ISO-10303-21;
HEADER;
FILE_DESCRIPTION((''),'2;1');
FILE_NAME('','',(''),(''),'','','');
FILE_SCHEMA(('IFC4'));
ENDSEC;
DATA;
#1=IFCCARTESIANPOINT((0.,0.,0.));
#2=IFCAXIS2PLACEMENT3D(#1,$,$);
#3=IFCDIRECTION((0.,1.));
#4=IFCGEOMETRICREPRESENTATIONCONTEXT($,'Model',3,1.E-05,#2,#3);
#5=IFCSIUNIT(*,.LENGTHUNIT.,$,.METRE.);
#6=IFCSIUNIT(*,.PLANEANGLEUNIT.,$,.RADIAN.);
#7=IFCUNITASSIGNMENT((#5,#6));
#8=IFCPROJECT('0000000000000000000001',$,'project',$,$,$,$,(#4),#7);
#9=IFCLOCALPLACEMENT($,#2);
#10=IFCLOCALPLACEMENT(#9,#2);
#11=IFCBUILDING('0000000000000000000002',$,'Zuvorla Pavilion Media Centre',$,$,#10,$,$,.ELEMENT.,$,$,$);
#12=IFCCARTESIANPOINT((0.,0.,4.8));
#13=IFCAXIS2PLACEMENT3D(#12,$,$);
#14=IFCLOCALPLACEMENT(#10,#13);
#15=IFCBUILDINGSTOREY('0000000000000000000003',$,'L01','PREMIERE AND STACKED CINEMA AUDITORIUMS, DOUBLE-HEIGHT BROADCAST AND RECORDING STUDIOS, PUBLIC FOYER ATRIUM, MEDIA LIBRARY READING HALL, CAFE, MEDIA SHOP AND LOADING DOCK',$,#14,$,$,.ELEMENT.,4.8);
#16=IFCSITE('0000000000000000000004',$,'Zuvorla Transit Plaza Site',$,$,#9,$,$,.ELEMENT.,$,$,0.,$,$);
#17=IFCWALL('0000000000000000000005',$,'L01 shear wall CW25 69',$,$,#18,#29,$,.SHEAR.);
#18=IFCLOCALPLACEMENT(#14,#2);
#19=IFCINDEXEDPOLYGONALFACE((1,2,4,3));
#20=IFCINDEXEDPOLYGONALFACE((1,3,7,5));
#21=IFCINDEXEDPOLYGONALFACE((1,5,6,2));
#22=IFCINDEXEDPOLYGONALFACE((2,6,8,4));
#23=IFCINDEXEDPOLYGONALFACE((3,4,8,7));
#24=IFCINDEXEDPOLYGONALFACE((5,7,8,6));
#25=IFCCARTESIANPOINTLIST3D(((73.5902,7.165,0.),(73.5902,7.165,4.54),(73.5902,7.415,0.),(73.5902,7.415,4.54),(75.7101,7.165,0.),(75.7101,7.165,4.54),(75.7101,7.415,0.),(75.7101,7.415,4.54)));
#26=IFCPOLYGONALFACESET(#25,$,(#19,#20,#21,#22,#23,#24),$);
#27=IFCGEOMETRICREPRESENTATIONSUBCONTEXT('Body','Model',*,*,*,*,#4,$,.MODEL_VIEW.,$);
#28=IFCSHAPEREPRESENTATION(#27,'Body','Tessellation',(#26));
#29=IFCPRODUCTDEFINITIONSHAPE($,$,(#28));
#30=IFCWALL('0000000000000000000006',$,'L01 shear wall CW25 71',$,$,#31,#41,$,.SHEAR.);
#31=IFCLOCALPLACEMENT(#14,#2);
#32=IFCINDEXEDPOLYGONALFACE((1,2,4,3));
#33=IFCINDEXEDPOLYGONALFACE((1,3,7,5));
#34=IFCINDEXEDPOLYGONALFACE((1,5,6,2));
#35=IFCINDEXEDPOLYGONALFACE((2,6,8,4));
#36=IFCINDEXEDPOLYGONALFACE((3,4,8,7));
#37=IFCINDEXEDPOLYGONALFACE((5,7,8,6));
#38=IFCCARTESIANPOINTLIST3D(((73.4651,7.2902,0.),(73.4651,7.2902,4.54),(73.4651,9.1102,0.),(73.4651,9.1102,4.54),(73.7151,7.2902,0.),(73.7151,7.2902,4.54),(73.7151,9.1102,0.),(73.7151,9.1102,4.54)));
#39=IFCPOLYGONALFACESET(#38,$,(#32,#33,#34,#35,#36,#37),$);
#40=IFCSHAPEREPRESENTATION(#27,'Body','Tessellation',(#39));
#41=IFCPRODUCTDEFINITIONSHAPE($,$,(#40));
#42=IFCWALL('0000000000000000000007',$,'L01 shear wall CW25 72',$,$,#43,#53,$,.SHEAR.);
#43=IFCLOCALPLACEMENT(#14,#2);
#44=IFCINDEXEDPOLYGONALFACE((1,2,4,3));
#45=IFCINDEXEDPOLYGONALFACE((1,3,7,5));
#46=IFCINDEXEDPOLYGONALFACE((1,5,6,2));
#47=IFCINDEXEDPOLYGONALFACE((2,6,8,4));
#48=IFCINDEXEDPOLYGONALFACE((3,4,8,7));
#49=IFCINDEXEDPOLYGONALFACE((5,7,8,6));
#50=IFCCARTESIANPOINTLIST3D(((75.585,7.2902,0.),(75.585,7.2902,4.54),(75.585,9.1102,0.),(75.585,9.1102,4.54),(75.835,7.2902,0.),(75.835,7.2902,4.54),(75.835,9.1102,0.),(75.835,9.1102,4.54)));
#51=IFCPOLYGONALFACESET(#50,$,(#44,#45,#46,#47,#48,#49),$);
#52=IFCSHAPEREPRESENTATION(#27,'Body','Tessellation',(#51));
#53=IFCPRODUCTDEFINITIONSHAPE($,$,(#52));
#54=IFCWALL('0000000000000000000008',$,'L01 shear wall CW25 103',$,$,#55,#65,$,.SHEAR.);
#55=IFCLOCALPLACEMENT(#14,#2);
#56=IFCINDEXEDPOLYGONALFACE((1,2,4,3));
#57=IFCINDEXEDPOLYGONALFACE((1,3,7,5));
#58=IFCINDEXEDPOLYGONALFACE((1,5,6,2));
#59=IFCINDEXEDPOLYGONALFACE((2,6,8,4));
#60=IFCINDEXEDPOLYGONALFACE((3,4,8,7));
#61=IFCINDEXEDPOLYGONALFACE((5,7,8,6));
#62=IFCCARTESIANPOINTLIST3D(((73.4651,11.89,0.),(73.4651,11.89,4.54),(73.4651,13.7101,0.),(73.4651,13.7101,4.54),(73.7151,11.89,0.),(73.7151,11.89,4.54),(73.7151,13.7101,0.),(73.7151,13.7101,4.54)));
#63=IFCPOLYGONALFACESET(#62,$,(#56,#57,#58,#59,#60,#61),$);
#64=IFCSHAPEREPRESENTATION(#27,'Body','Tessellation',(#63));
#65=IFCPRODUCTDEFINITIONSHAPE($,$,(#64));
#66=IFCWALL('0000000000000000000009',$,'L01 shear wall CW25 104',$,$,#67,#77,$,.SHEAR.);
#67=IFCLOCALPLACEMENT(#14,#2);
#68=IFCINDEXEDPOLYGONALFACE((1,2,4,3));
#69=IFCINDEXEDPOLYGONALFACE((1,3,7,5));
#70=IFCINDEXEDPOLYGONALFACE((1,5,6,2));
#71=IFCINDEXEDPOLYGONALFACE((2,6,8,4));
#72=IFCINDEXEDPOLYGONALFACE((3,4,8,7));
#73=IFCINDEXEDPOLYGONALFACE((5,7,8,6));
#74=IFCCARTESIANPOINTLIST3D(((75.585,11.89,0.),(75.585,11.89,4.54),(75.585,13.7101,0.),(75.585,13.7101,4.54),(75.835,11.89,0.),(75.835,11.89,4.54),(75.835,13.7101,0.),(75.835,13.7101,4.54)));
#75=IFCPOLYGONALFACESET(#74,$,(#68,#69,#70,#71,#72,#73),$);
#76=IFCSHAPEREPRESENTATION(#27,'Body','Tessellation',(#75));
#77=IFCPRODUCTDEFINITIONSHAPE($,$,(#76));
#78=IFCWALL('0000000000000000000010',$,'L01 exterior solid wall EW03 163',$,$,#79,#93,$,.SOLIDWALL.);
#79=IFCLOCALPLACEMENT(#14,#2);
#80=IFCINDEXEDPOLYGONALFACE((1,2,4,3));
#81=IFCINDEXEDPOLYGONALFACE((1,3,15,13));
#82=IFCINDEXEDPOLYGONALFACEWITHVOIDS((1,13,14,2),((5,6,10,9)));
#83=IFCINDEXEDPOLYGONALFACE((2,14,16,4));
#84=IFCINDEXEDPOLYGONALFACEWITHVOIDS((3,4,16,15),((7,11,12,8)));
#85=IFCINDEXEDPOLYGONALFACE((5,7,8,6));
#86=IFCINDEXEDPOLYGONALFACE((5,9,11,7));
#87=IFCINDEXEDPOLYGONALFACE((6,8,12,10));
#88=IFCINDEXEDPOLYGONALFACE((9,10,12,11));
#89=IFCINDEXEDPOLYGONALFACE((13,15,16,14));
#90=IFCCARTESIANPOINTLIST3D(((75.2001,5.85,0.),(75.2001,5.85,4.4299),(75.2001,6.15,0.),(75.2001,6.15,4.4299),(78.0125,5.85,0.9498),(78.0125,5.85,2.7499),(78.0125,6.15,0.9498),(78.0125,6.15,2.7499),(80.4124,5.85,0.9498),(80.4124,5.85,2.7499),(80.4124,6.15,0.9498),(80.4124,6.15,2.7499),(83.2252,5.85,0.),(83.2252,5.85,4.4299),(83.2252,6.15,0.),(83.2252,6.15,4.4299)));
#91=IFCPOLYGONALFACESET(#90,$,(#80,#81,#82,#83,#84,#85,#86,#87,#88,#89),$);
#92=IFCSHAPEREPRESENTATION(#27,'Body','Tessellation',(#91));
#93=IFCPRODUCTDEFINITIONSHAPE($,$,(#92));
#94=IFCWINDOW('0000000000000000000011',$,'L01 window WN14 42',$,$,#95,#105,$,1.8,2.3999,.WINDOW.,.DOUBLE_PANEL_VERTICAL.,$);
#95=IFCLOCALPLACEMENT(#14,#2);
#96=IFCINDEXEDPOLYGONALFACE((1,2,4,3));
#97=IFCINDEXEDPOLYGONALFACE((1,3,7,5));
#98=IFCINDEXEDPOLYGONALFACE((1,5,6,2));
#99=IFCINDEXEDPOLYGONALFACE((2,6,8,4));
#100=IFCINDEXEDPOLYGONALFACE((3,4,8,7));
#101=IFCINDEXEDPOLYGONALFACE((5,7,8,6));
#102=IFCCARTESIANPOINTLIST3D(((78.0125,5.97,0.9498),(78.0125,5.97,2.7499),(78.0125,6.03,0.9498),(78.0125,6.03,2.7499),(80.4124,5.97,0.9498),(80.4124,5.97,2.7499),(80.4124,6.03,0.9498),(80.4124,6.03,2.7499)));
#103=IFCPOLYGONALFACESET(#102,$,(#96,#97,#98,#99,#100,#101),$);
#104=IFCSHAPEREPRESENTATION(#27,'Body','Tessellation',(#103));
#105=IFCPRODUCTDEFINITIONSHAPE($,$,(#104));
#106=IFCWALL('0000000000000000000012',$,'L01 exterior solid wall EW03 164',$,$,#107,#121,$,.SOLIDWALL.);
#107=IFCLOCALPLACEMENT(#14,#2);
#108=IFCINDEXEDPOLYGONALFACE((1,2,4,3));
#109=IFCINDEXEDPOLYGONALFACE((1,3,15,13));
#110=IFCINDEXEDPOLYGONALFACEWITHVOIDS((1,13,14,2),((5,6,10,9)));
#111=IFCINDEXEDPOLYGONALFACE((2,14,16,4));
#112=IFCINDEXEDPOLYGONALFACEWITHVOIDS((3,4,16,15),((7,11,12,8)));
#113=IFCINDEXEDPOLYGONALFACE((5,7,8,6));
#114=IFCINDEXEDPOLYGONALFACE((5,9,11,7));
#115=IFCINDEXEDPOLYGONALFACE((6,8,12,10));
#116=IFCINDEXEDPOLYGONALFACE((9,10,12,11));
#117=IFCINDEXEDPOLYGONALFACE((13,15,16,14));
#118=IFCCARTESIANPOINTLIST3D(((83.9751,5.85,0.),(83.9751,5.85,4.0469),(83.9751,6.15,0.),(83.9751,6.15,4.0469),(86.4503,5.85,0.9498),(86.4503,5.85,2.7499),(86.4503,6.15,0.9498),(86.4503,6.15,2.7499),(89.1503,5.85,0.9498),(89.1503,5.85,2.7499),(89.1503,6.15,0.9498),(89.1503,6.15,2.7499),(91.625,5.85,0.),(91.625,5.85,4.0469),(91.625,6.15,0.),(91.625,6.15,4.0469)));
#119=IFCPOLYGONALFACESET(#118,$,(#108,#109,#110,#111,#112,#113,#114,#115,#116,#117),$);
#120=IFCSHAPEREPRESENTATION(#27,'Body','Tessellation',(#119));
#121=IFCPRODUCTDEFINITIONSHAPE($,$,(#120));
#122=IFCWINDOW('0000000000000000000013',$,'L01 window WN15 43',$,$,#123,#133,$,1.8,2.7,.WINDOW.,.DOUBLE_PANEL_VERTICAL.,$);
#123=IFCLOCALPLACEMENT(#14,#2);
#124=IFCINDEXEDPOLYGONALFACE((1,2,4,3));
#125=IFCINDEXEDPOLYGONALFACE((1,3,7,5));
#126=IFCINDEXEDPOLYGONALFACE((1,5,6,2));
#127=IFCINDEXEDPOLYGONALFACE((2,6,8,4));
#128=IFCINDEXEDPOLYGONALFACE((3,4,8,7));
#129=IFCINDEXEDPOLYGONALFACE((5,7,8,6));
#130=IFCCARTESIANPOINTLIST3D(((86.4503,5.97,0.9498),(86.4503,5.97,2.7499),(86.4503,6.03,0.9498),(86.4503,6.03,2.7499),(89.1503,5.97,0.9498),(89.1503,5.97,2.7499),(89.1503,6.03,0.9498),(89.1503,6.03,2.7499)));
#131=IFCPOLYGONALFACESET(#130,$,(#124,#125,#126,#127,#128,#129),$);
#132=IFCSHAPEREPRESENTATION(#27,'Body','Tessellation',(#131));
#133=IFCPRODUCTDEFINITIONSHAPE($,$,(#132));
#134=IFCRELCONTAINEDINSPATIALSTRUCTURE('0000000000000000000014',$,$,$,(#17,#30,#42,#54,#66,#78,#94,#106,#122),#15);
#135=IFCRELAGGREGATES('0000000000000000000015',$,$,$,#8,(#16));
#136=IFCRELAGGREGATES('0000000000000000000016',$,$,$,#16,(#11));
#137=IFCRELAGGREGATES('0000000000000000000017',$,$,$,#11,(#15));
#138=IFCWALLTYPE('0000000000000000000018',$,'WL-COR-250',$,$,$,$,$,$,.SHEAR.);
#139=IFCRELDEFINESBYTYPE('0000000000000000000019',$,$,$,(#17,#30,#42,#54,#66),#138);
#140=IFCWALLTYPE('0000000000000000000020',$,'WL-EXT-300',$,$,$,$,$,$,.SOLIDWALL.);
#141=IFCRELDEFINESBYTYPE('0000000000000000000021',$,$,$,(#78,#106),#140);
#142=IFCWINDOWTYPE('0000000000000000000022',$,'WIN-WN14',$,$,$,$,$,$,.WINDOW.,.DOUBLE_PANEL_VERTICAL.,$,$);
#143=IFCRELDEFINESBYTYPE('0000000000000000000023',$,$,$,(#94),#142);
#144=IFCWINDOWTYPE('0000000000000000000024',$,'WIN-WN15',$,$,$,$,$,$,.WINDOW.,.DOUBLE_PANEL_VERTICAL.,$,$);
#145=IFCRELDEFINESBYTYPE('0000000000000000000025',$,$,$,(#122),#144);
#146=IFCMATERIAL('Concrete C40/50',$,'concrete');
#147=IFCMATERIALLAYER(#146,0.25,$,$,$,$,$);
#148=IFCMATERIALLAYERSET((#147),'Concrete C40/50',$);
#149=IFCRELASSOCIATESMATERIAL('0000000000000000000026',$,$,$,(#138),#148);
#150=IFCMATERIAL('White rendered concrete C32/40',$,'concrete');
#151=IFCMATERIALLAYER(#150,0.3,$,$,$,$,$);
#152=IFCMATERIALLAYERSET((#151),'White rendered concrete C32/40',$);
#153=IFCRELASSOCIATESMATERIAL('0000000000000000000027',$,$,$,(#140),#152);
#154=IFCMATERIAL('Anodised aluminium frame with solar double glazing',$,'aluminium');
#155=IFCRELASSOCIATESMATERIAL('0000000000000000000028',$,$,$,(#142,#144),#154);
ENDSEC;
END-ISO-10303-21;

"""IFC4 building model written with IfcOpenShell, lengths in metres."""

from ifc_helpers import new_model, si_unit, direction, frame, frame_2d, origin, place, context, subcontext, project, spatial, rectangle, extrude, material, layer, layer_set, type_object, element, fill, save


model = new_model("IFC4")

# Units and contexts
model_context = context("Model", 3, precision=1e-05, world=origin(), true_north=direction((0.0, 1.0)))
body_context = subcontext(model_context, "Body", "Model", "MODEL_VIEW")
ifc_project = project(units=[si_unit("LENGTHUNIT", "METRE"), si_unit("PLANEANGLEUNIT", "RADIAN")], contexts=[model_context])

# Site, building, storey
site_placement = place(None, origin())
site = spatial("IfcSite", under=ifc_project, at=site_placement, Name="Zuvorla Transit Plaza Site", CompositionType="ELEMENT", RefElevation=0.0)
building_placement = place(site_placement, origin())
building = spatial("IfcBuilding", under=site, at=building_placement, Name="Zuvorla Pavilion Media Centre", CompositionType="ELEMENT")
storey_placement = place(building_placement, frame((0.0, 0.0, 4.8)))
storey = spatial("IfcBuildingStorey", under=building, at=storey_placement, Name="L01", Description="PREMIERE AND STACKED CINEMA AUDITORIUMS, DOUBLE-HEIGHT BROADCAST AND RECORDING STUDIOS, PUBLIC FOYER ATRIUM, MEDIA LIBRARY READING HALL, CAFE, MEDIA SHOP AND LOADING DOCK", CompositionType="ELEMENT", Elevation=4.8)

# Shared definitions
ifc_material_1 = material(Name="Concrete C40/50", Category="concrete")

# Wall
ifc_layer_1 = layer(ifc_material_1, 0.25)
ifc_layer_set_1 = layer_set([ifc_layer_1], Name="Concrete C40/50")
wall_type_1 = type_object("IfcWallType", Name="WL-COR-250", PredefinedType="SHEAR", material=ifc_layer_set_1)
wall_1_placement = place(storey_placement, frame((73.5901, 7.29, 0.0), z_axis=(0.0, 0.0, 1.0), x_axis=(1.0, 0.0, 0.0)))
element("IfcWall", 1, at=wall_1_placement, inside=storey, type_object=wall_type_1, Name="L01 shear wall CW25 69", PredefinedType="SHEAR", context=body_context, shape_type="SweptSolid", body=[
    extrude(rectangle(XDim=2.1199, YDim=0.25, at=frame_2d((1.0601, 0.0))), origin(), (0.0, 0.0, 1.0), 4.54),
])

# Walls
for number, where, z_axis, x_axis, name in (
    (2, (73.5901, 7.29, 0.0), (0.0, 0.0, 1.0), (0.0, 1.0, 0.0), "L01 shear wall CW25 71"),
    (3, (75.71, 7.29, 0.0), (0.0, 0.0, 1.0), (0.0, 1.0, 0.0), "L01 shear wall CW25 72"),
):
    element("IfcWall", number, at=place(storey_placement, frame(where, z_axis=z_axis, x_axis=x_axis)), inside=storey, type_object=wall_type_1, Name=name, PredefinedType="SHEAR", context=body_context, shape_type="SweptSolid", body=[
        extrude(rectangle(XDim=1.8201, YDim=0.25, at=frame_2d((0.9102, 0.0))), origin(), (0.0, 0.0, 1.0), 4.54),
    ])

# Walls
for number, where, z_axis, x_axis, name in (
    (4, (73.5901, 11.8899, 0.0), (0.0, 0.0, 1.0), (0.0, 1.0, 0.0), "L01 shear wall CW25 103"),
    (5, (75.71, 11.8899, 0.0), (0.0, 0.0, 1.0), (0.0, 1.0, 0.0), "L01 shear wall CW25 104"),
):
    element("IfcWall", number, at=place(storey_placement, frame(where, z_axis=z_axis, x_axis=x_axis)), inside=storey, type_object=wall_type_1, Name=name, PredefinedType="SHEAR", context=body_context, shape_type="SweptSolid", body=[
        extrude(rectangle(XDim=1.8201, YDim=0.25, at=frame_2d((0.9102, 0.0))), origin(), (0.0, 0.0, 1.0), 4.54),
    ])

# Walls, openings, windows
ifc_material_2 = material(Name="White rendered concrete C32/40", Category="concrete")
ifc_layer_2 = layer(ifc_material_2, 0.3)
ifc_layer_set_2 = layer_set([ifc_layer_2], Name="White rendered concrete C32/40")
wall_type_2 = type_object("IfcWallType", Name="WL-EXT-300", PredefinedType="SOLIDWALL", material=ifc_layer_set_2)
wall_2_placement = place(storey_placement, frame((75.2, 6.0, 0.0), z_axis=(0.0, 0.0, 1.0), x_axis=(1.0, 0.0, 0.0)))
wall_2 = element("IfcWall", 6, at=wall_2_placement, inside=storey, type_object=wall_type_2, Name="L01 exterior solid wall EW03 163", PredefinedType="SOLIDWALL", context=body_context, shape_type="SweptSolid", body=[
    extrude(rectangle(XDim=8.0251, YDim=0.3, at=frame_2d((4.0127, 0.0))), origin(), (0.0, 0.0, 1.0), 4.4299),
])
opening_1_placement = place(wall_2_placement, frame((2.8125, 0.0, 0.95)))
opening_1 = element("IfcOpeningElement", 7, at=opening_1_placement, cuts=wall_2, PredefinedType="OPENING", context=body_context, shape_type="SweptSolid", body=[
    extrude(rectangle(XDim=2.3999, YDim=1.8, at=frame_2d((1.2, 0.8999))), frame((0.0, 0.1599, 0.0), z_axis=(0.0, -1.0, 0.0), x_axis=(1.0, 0.0, 0.0)), (0.0, 0.0, 1.0), 0.3201),
])
ifc_material_3 = material(Name="Anodised aluminium frame with solar double glazing", Category="aluminium")
window_type_1 = type_object("IfcWindowType", Name="WIN-WN14", PartitioningType="DOUBLE_PANEL_VERTICAL", PredefinedType="WINDOW", material=ifc_material_3)
window_1_placement = place(opening_1_placement, origin())
window_1 = element("IfcWindow", 8, at=window_1_placement, inside=storey, type_object=window_type_1, Name="L01 window WN14 42", OverallHeight=1.8, OverallWidth=2.3999, PartitioningType="DOUBLE_PANEL_VERTICAL", PredefinedType="WINDOW", context=body_context, shape_type="SweptSolid", body=[
    extrude(rectangle(XDim=2.3999, YDim=1.8, at=frame_2d((1.2, 0.8999))), frame((0.0, 0.03, 0.0), z_axis=(0.0, -1.0, 0.0), x_axis=(1.0, 0.0, 0.0)), (0.0, 0.0, 1.0), 0.0601),
])
fill(opening_1, window_1)
wall_3_placement = place(storey_placement, frame((83.9751, 6.0, 0.0), z_axis=(0.0, 0.0, 1.0), x_axis=(1.0, 0.0, 0.0)))
wall_3 = element("IfcWall", 9, at=wall_3_placement, inside=storey, type_object=wall_type_2, Name="L01 exterior solid wall EW03 164", PredefinedType="SOLIDWALL", context=body_context, shape_type="SweptSolid", body=[
    extrude(rectangle(XDim=7.6499, YDim=0.3, at=frame_2d((3.825, 0.0))), origin(), (0.0, 0.0, 1.0), 4.0469),
])
opening_2_placement = place(wall_3_placement, frame((2.4751, 0.0, 0.95)))
opening_2 = element("IfcOpeningElement", 10, at=opening_2_placement, cuts=wall_3, PredefinedType="OPENING", context=body_context, shape_type="SweptSolid", body=[
    extrude(rectangle(XDim=2.7, YDim=1.8, at=frame_2d((1.3501, 0.8999))), frame((0.0, 0.1599, 0.0), z_axis=(0.0, -1.0, 0.0), x_axis=(1.0, 0.0, 0.0)), (0.0, 0.0, 1.0), 0.3201),
])
window_type_2 = type_object("IfcWindowType", Name="WIN-WN15", PartitioningType="DOUBLE_PANEL_VERTICAL", PredefinedType="WINDOW", material=ifc_material_3)
window_2_placement = place(opening_2_placement, origin())
window_2 = element("IfcWindow", 11, at=window_2_placement, inside=storey, type_object=window_type_2, Name="L01 window WN15 43", OverallHeight=1.8, OverallWidth=2.7, PartitioningType="DOUBLE_PANEL_VERTICAL", PredefinedType="WINDOW", context=body_context, shape_type="SweptSolid", body=[
    extrude(rectangle(XDim=2.7, YDim=1.8, at=frame_2d((1.3501, 0.8999))), frame((0.0, 0.03, 0.0), z_axis=(0.0, -1.0, 0.0), x_axis=(1.0, 0.0, 0.0)), (0.0, 0.0, 1.0), 0.0601),
])
fill(opening_2, window_2)

save(model, "model.ifc")
